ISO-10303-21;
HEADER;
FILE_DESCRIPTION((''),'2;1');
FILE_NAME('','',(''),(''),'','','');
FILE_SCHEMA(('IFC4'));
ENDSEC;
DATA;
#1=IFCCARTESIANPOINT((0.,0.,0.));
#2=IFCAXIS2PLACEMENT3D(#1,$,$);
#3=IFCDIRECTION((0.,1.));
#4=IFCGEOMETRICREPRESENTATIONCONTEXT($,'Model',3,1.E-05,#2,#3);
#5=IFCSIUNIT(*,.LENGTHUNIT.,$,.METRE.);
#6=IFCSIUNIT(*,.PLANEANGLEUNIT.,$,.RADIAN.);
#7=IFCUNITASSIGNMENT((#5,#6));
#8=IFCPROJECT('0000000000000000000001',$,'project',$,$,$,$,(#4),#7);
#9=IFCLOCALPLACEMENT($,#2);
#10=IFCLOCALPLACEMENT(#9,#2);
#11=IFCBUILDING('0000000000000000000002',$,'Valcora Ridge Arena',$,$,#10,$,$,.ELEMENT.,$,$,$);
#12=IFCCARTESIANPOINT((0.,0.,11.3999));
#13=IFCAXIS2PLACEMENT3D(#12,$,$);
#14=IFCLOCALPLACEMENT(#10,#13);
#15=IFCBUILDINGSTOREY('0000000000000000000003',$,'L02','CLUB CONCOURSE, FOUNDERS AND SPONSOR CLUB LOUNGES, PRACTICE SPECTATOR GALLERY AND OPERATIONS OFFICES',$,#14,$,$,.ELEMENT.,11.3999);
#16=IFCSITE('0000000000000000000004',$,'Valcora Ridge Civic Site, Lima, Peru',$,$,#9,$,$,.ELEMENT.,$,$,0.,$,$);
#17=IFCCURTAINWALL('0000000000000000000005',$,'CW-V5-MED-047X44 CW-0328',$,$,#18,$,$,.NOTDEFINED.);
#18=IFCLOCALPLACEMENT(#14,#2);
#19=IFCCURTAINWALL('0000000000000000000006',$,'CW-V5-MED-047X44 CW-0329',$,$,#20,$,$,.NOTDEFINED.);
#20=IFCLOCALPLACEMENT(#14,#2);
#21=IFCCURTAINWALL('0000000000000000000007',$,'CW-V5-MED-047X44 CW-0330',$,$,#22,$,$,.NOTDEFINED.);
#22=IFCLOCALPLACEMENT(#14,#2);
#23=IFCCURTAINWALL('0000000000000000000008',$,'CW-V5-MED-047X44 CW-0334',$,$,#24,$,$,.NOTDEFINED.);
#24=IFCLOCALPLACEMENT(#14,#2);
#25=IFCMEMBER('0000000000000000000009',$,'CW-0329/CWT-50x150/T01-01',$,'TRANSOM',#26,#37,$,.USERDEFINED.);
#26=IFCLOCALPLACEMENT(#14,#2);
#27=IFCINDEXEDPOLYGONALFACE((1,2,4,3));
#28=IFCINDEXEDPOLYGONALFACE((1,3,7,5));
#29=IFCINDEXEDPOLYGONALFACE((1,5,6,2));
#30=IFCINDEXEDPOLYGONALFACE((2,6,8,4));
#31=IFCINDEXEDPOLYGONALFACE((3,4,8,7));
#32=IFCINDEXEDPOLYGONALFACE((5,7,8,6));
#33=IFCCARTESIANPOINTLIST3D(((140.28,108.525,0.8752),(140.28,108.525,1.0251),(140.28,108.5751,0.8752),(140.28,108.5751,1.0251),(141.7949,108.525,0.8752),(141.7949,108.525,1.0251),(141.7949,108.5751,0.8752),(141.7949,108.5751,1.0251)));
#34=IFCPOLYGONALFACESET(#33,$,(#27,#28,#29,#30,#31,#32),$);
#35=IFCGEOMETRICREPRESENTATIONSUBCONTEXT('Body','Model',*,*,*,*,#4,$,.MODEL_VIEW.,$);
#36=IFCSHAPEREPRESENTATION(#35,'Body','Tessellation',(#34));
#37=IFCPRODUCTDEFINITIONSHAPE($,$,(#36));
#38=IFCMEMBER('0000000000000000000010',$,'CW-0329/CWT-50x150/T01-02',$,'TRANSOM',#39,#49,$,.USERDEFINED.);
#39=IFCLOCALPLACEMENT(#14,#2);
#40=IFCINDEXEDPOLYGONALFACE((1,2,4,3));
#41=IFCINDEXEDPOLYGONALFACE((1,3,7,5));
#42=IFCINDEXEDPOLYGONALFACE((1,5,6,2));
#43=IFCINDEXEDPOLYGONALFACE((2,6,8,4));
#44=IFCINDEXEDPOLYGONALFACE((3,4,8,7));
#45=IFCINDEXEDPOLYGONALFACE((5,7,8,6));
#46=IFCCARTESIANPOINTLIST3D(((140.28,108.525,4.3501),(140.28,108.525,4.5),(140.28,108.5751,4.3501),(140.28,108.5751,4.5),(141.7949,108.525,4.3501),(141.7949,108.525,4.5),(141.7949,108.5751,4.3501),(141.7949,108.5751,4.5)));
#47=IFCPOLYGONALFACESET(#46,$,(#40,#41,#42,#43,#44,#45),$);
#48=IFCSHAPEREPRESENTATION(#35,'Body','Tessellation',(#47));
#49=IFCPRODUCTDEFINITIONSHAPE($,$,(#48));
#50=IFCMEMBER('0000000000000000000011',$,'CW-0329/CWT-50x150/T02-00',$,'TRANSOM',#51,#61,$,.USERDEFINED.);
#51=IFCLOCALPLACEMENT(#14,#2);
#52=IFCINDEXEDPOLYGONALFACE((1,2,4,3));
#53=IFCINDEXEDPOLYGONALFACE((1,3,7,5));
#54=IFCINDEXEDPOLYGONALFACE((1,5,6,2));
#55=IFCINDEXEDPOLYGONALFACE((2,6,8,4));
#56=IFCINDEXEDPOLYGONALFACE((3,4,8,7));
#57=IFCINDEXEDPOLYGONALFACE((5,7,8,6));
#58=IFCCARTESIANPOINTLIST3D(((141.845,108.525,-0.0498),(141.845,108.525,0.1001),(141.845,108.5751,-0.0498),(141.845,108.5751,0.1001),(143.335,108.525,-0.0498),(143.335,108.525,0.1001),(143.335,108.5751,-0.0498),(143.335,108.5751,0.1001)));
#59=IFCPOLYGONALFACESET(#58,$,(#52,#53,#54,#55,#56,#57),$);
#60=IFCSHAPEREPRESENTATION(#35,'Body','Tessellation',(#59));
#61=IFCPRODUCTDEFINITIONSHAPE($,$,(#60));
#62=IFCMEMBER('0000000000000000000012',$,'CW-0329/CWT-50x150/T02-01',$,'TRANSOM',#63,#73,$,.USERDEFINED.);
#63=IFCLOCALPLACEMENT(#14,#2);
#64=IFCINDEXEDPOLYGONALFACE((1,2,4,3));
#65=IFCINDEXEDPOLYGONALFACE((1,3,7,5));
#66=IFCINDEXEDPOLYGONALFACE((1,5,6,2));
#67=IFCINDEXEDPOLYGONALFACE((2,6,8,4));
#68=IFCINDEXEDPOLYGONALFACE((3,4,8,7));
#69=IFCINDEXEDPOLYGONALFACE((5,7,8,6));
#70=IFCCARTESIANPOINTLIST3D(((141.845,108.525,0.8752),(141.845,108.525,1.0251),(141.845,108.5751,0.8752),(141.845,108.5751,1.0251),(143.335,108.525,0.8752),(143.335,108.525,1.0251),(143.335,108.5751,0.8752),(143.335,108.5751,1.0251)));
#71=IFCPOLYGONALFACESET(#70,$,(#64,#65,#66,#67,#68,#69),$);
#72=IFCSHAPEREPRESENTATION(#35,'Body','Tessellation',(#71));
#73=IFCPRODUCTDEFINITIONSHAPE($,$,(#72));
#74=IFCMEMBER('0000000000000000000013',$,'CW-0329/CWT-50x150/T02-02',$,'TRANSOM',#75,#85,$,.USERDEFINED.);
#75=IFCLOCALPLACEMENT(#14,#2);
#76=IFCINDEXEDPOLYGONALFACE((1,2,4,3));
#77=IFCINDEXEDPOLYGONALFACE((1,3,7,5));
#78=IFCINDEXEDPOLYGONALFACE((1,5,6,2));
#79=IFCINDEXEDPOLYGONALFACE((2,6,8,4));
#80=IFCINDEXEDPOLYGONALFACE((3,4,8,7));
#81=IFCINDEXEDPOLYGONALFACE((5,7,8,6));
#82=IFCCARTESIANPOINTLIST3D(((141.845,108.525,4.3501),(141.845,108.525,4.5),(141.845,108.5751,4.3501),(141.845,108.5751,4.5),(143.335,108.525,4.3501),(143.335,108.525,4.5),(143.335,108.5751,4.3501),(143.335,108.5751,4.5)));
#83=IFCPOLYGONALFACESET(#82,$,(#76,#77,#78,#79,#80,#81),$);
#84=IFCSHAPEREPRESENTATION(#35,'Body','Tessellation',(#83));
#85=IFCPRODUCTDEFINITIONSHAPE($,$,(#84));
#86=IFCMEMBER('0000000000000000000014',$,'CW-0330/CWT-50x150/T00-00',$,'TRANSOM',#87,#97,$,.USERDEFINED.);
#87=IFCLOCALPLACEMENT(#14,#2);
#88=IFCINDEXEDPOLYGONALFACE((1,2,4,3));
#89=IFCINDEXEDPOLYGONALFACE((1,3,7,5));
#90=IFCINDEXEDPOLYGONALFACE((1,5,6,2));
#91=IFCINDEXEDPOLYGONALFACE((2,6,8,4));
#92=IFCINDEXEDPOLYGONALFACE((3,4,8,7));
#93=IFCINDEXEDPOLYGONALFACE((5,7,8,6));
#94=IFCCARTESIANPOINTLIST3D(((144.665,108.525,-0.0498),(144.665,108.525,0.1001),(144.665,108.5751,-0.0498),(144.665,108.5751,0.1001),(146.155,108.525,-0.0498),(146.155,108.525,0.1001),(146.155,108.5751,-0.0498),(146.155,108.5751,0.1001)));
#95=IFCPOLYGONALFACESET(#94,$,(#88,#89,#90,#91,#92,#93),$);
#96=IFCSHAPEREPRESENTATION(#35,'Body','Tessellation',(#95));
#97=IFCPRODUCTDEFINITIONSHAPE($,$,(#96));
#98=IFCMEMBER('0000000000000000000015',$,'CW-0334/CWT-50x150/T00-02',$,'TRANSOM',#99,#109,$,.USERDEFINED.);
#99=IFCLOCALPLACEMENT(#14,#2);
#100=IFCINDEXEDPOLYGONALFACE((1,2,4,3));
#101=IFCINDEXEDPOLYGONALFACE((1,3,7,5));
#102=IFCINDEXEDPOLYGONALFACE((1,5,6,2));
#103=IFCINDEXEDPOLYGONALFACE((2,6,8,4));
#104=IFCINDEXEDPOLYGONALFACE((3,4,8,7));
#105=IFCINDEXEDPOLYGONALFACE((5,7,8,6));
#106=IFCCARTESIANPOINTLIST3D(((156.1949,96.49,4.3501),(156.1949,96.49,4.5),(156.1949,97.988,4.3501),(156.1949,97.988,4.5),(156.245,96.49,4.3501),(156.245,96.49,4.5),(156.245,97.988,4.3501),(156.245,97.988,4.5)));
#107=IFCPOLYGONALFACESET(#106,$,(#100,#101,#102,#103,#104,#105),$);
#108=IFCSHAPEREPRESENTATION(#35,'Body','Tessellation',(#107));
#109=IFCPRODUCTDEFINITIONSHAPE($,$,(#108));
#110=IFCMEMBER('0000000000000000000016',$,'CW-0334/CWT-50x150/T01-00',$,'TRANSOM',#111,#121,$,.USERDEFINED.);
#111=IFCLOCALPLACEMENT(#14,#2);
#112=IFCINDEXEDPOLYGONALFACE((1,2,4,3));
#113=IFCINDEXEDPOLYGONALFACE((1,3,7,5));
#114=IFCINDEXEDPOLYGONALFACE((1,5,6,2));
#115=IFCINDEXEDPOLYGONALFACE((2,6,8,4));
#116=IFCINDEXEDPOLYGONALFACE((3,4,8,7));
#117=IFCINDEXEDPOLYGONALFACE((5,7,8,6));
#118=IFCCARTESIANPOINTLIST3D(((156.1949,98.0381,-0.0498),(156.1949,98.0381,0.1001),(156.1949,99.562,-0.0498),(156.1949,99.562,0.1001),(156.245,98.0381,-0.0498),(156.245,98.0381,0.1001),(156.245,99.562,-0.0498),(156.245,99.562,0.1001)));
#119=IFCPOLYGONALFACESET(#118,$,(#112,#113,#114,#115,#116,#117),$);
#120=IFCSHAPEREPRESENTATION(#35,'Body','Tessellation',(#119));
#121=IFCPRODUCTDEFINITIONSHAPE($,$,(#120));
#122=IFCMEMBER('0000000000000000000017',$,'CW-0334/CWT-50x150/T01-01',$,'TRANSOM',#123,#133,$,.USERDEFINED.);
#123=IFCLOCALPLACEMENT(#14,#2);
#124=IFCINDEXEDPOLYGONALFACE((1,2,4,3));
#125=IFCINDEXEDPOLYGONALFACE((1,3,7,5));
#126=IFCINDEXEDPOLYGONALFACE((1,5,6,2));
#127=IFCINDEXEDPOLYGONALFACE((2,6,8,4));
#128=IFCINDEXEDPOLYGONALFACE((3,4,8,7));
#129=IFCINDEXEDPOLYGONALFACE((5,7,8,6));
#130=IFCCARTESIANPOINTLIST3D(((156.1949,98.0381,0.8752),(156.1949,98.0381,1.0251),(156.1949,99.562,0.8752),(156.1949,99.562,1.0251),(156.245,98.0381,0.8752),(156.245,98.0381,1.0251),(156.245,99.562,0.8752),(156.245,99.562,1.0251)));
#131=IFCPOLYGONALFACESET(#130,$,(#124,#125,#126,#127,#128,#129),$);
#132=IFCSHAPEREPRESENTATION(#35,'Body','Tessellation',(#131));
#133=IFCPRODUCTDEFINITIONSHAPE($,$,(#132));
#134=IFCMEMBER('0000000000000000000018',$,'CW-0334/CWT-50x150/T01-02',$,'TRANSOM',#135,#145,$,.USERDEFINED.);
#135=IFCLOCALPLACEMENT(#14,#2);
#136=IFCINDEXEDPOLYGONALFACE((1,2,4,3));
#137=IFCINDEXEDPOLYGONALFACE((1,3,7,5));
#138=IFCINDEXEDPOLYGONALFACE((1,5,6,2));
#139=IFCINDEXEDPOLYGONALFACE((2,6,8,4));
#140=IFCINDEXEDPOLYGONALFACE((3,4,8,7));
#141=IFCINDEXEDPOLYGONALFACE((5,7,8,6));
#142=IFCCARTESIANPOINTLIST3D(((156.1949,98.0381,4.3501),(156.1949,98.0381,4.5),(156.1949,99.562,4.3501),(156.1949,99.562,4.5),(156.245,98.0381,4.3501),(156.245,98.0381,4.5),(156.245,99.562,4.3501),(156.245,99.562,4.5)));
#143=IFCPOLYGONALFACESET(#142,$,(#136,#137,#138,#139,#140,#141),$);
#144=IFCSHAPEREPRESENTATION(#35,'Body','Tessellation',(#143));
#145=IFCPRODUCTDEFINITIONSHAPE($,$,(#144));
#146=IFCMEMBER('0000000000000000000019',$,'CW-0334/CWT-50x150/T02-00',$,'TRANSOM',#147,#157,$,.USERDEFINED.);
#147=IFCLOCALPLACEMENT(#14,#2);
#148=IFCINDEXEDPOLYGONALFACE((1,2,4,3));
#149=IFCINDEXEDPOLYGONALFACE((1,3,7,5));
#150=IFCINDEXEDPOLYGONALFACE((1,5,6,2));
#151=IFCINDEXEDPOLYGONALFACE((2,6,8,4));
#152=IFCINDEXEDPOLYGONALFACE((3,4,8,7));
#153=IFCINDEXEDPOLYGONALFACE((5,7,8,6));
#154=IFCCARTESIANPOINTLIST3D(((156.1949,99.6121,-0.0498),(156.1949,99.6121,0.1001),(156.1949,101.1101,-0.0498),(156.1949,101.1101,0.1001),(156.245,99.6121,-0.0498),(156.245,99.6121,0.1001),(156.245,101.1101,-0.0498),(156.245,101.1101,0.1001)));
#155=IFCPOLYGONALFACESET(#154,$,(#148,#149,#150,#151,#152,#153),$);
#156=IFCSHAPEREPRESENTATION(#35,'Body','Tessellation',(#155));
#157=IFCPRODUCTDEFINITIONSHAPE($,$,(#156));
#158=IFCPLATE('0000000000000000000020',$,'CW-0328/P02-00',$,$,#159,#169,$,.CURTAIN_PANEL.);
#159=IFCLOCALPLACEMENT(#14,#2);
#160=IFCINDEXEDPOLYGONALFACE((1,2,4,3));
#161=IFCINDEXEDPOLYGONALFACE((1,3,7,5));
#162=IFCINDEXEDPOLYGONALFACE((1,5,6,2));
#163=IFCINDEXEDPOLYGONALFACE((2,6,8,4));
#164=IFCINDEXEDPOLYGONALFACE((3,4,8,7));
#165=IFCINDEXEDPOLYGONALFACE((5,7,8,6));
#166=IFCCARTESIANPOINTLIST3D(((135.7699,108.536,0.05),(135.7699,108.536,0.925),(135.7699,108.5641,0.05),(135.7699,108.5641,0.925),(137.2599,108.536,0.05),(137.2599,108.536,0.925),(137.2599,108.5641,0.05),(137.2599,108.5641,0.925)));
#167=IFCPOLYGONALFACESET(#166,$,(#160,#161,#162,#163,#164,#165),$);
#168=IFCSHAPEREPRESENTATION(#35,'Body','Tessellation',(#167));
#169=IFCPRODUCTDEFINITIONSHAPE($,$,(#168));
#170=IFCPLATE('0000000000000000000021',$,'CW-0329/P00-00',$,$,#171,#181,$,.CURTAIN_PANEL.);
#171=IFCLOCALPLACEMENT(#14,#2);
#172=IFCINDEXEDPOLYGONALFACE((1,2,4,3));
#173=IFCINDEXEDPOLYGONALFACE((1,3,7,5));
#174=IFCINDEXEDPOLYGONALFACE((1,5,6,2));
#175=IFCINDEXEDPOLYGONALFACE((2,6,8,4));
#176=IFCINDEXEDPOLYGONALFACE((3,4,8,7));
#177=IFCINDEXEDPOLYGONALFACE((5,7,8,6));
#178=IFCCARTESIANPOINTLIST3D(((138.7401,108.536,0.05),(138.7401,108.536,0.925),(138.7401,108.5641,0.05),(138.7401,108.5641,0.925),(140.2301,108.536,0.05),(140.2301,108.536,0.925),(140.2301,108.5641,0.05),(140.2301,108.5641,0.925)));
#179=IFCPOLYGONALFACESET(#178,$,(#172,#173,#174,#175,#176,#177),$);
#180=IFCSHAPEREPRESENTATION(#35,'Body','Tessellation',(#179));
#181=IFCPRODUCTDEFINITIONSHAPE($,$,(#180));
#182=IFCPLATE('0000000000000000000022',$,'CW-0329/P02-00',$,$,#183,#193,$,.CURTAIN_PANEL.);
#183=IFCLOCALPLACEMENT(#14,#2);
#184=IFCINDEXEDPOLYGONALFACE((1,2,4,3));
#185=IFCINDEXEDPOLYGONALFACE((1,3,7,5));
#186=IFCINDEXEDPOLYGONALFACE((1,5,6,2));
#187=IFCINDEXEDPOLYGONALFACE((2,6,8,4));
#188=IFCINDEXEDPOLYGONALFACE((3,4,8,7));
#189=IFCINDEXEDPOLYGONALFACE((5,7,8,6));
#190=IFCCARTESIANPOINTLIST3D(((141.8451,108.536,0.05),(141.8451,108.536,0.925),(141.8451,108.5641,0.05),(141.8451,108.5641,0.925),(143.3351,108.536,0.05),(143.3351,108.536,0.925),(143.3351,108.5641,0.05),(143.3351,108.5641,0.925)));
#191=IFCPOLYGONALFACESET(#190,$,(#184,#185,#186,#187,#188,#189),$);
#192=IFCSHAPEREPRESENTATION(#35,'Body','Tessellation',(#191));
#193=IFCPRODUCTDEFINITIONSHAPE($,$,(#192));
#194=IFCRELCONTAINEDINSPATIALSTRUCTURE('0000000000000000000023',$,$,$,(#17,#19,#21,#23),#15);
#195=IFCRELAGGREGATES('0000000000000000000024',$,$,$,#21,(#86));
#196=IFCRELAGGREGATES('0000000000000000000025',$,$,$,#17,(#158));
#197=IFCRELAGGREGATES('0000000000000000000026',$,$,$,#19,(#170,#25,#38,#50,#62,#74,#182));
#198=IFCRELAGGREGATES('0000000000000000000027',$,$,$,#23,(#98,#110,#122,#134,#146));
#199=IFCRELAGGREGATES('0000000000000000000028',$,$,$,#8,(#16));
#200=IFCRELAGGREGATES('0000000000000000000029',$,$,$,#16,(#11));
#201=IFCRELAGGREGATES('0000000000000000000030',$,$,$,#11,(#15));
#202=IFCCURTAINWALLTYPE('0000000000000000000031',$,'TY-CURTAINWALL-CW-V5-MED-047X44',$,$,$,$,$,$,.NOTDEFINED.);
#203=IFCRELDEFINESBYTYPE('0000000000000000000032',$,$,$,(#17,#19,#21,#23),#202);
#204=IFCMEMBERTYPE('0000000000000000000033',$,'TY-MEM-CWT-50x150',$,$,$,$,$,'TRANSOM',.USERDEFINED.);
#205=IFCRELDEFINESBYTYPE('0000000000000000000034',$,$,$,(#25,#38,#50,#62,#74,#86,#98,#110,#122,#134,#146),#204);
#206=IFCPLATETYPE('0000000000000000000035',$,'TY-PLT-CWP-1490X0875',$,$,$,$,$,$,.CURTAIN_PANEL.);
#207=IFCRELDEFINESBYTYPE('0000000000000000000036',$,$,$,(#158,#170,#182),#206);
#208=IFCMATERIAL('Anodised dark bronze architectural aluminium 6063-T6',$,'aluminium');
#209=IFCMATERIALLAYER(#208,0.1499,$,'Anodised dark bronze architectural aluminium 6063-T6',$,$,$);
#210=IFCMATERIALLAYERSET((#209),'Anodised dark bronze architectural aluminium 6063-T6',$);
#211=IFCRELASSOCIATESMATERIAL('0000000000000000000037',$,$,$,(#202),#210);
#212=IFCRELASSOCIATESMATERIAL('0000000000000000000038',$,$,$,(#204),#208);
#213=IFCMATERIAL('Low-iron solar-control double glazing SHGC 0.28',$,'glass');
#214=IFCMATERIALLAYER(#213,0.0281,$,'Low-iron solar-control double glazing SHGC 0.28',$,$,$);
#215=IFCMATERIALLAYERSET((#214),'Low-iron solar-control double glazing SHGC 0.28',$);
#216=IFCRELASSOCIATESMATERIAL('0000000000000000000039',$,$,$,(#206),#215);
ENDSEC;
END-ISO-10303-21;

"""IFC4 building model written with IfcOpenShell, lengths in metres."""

from ifc_helpers import new_model, si_unit, direction, frame, origin, origin_2d, place, context, subcontext, project, spatial, rectangle, extrude, material, layer, layer_set, material_profile, profile_set, type_object, element, aggregate, save


model = new_model("IFC4")

# Units and contexts
model_context = context("Model", 3, precision=1e-05, world=origin(), true_north=direction((0.0, 1.0)))
body_context = subcontext(model_context, "Body", "Model", "MODEL_VIEW")
ifc_project = project(units=[si_unit("LENGTHUNIT", "METRE"), si_unit("PLANEANGLEUNIT", "RADIAN")], contexts=[model_context])

# Site, building, storey
site_placement = place(None, origin())
site = spatial("IfcSite", under=ifc_project, at=site_placement, Name="Valcora Ridge Civic Site, Lima, Peru", CompositionType="ELEMENT", RefElevation=0.0)
building_placement = place(site_placement, origin())
building = spatial("IfcBuilding", under=site, at=building_placement, Name="Valcora Ridge Arena", CompositionType="ELEMENT")
storey_placement = place(building_placement, frame((0.0, 0.0, 11.3999)))
storey = spatial("IfcBuildingStorey", under=building, at=storey_placement, Name="L02", Description="CLUB CONCOURSE, FOUNDERS AND SPONSOR CLUB LOUNGES, PRACTICE SPECTATOR GALLERY AND OPERATIONS OFFICES", CompositionType="ELEMENT", Elevation=11.3999)

# Curtain wall
ifc_material_1 = material(Name="Anodised dark bronze architectural aluminium 6063-T6", Category="aluminium")
ifc_layer_1 = layer(ifc_material_1, 0.1499, Name="Anodised dark bronze architectural aluminium 6063-T6")
ifc_layer_set_1 = layer_set([ifc_layer_1], Name="Anodised dark bronze architectural aluminium 6063-T6")
curtain_wall_type = type_object("IfcCurtainWallType", Name="TY-CURTAINWALL-CW-V5-MED-047X44", PredefinedType="NOTDEFINED", material=ifc_layer_set_1)
curtain_wall_1_placement = place(storey_placement, origin())
curtain_wall_1 = element("IfcCurtainWall", 1, at=curtain_wall_1_placement, inside=storey, type_object=curtain_wall_type, Name="CW-V5-MED-047X44 CW-0328", PredefinedType="NOTDEFINED")

# Curtain wall
curtain_wall_2_placement = place(storey_placement, origin())
curtain_wall_2 = element("IfcCurtainWall", 2, at=curtain_wall_2_placement, inside=storey, type_object=curtain_wall_type, Name="CW-V5-MED-047X44 CW-0329", PredefinedType="NOTDEFINED")

# Curtain wall
curtain_wall_3_placement = place(storey_placement, origin())
curtain_wall_3 = element("IfcCurtainWall", 3, at=curtain_wall_3_placement, inside=storey, type_object=curtain_wall_type, Name="CW-V5-MED-047X44 CW-0330", PredefinedType="NOTDEFINED")

# Curtain wall
curtain_wall_4_placement = place(storey_placement, origin())
curtain_wall_4 = element("IfcCurtainWall", 4, at=curtain_wall_4_placement, inside=storey, type_object=curtain_wall_type, Name="CW-V5-MED-047X44 CW-0334", PredefinedType="NOTDEFINED")

# Members
ifc_material_profile_1 = material_profile(ifc_material_1, rectangle(XDim=0.05, YDim=0.1499, at=origin_2d()), Name="ALU TRANSOM 50x150")
ifc_profile_set_1 = profile_set([ifc_material_profile_1], Name="Anodised dark bronze architectural aluminium 6063-T6")
member_type_1 = type_object("IfcMemberType", Name="TY-MEM-CWT-50x150", ElementType="TRANSOM", PredefinedType="USERDEFINED", material=ifc_profile_set_1)
member_1_placement = place(storey_placement, frame((140.28, 108.55, 0.9502), z_axis=(1.0, 0.0, 0.0), x_axis=(0.0, 1.0, 0.0)))
member_1 = element("IfcMember", 5, at=member_1_placement, type_object=member_type_1, Name="CW-0329/CWT-50x150/T01-01", ObjectType="TRANSOM", PredefinedType="USERDEFINED", context=body_context, shape_type="SweptSolid", body=[
    extrude(rectangle(XDim=0.05, YDim=0.1499, at=origin_2d()), origin(), (0.0, 0.0, 1.0), 1.5149),
])
member_2_placement = place(storey_placement, frame((140.28, 108.55, 4.425), z_axis=(1.0, 0.0, 0.0), x_axis=(0.0, 1.0, 0.0)))
member_2 = element("IfcMember", 6, at=member_2_placement, type_object=member_type_1, Name="CW-0329/CWT-50x150/T01-02", ObjectType="TRANSOM", PredefinedType="USERDEFINED", context=body_context, shape_type="SweptSolid", body=[
    extrude(rectangle(XDim=0.05, YDim=0.1499, at=origin_2d()), origin(), (0.0, 0.0, 1.0), 1.5149),
])
member_3_placement = place(storey_placement, frame((141.845, 108.55, 0.0251), z_axis=(1.0, 0.0, 0.0), x_axis=(0.0, 1.0, 0.0)))
member_3 = element("IfcMember", 7, at=member_3_placement, type_object=member_type_1, Name="CW-0329/CWT-50x150/T02-00", ObjectType="TRANSOM", PredefinedType="USERDEFINED", context=body_context, shape_type="SweptSolid", body=[
    extrude(rectangle(XDim=0.05, YDim=0.1499, at=origin_2d()), origin(), (0.0, 0.0, 1.0), 1.49),
])
member_4_placement = place(storey_placement, frame((141.845, 108.55, 0.9502), z_axis=(1.0, 0.0, 0.0), x_axis=(0.0, 1.0, 0.0)))
member_4 = element("IfcMember", 8, at=member_4_placement, type_object=member_type_1, Name="CW-0329/CWT-50x150/T02-01", ObjectType="TRANSOM", PredefinedType="USERDEFINED", context=body_context, shape_type="SweptSolid", body=[
    extrude(rectangle(XDim=0.05, YDim=0.1499, at=origin_2d()), origin(), (0.0, 0.0, 1.0), 1.49),
])
member_5_placement = place(storey_placement, frame((141.845, 108.55, 4.425), z_axis=(1.0, 0.0, 0.0), x_axis=(0.0, 1.0, 0.0)))
member_5 = element("IfcMember", 9, at=member_5_placement, type_object=member_type_1, Name="CW-0329/CWT-50x150/T02-02", ObjectType="TRANSOM", PredefinedType="USERDEFINED", context=body_context, shape_type="SweptSolid", body=[
    extrude(rectangle(XDim=0.05, YDim=0.1499, at=origin_2d()), origin(), (0.0, 0.0, 1.0), 1.49),
])
member_6_placement = place(storey_placement, frame((144.665, 108.55, 0.0251), z_axis=(1.0, 0.0, 0.0), x_axis=(0.0, 1.0, 0.0)))
member_6 = element("IfcMember", 10, at=member_6_placement, type_object=member_type_1, Name="CW-0330/CWT-50x150/T00-00", ObjectType="TRANSOM", PredefinedType="USERDEFINED", context=body_context, shape_type="SweptSolid", body=[
    extrude(rectangle(XDim=0.05, YDim=0.1499, at=origin_2d()), origin(), (0.0, 0.0, 1.0), 1.49),
])
aggregate(curtain_wall_3, [member_6])
member_7_placement = place(storey_placement, frame((156.22, 96.49, 4.425), z_axis=(0.0, 1.0, 0.0), x_axis=(-1.0, 0.0, 0.0)))
member_7 = element("IfcMember", 11, at=member_7_placement, type_object=member_type_1, Name="CW-0334/CWT-50x150/T00-02", ObjectType="TRANSOM", PredefinedType="USERDEFINED", context=body_context, shape_type="SweptSolid", body=[
    extrude(rectangle(XDim=0.05, YDim=0.1499, at=origin_2d()), origin(), (0.0, 0.0, 1.0), 1.498),
])
member_8_placement = place(storey_placement, frame((156.22, 98.0381, 0.0251), z_axis=(0.0, 1.0, 0.0), x_axis=(-1.0, 0.0, 0.0)))
member_8 = element("IfcMember", 12, at=member_8_placement, type_object=member_type_1, Name="CW-0334/CWT-50x150/T01-00", ObjectType="TRANSOM", PredefinedType="USERDEFINED", context=body_context, shape_type="SweptSolid", body=[
    extrude(rectangle(XDim=0.05, YDim=0.1499, at=origin_2d()), origin(), (0.0, 0.0, 1.0), 1.5239),
])
member_9_placement = place(storey_placement, frame((156.22, 98.0381, 0.9502), z_axis=(0.0, 1.0, 0.0), x_axis=(-1.0, 0.0, 0.0)))
member_9 = element("IfcMember", 13, at=member_9_placement, type_object=member_type_1, Name="CW-0334/CWT-50x150/T01-01", ObjectType="TRANSOM", PredefinedType="USERDEFINED", context=body_context, shape_type="SweptSolid", body=[
    extrude(rectangle(XDim=0.05, YDim=0.1499, at=origin_2d()), origin(), (0.0, 0.0, 1.0), 1.5239),
])
member_10_placement = place(storey_placement, frame((156.22, 98.0381, 4.425), z_axis=(0.0, 1.0, 0.0), x_axis=(-1.0, 0.0, 0.0)))
member_10 = element("IfcMember", 14, at=member_10_placement, type_object=member_type_1, Name="CW-0334/CWT-50x150/T01-02", ObjectType="TRANSOM", PredefinedType="USERDEFINED", context=body_context, shape_type="SweptSolid", body=[
    extrude(rectangle(XDim=0.05, YDim=0.1499, at=origin_2d()), origin(), (0.0, 0.0, 1.0), 1.5239),
])
member_11_placement = place(storey_placement, frame((156.22, 99.6121, 0.0251), z_axis=(0.0, 1.0, 0.0), x_axis=(-1.0, 0.0, 0.0)))
member_11 = element("IfcMember", 15, at=member_11_placement, type_object=member_type_1, Name="CW-0334/CWT-50x150/T02-00", ObjectType="TRANSOM", PredefinedType="USERDEFINED", context=body_context, shape_type="SweptSolid", body=[
    extrude(rectangle(XDim=0.05, YDim=0.1499, at=origin_2d()), origin(), (0.0, 0.0, 1.0), 1.498),
])

# Plates
ifc_material_2 = material(Name="Low-iron solar-control double glazing SHGC 0.28", Category="glass")
ifc_layer_2 = layer(ifc_material_2, 0.0281, Name="Low-iron solar-control double glazing SHGC 0.28")
ifc_layer_set_2 = layer_set([ifc_layer_2], Name="Low-iron solar-control double glazing SHGC 0.28")
plate_type_1 = type_object("IfcPlateType", Name="TY-PLT-CWP-1490X0875", PredefinedType="CURTAIN_PANEL", material=ifc_layer_set_2)
plate_1_placement = place(storey_placement, frame((136.5149, 108.55, 0.05), z_axis=(0.0, 0.0, 1.0), x_axis=(1.0, 0.0, 0.0)))
plate_1 = element("IfcPlate", 16, at=plate_1_placement, type_object=plate_type_1, Name="CW-0328/P02-00", PredefinedType="CURTAIN_PANEL", context=body_context, shape_type="SweptSolid", body=[
    extrude(rectangle(XDim=1.49, YDim=0.0281, at=origin_2d()), origin(), (0.0, 0.0, 1.0), 0.875),
])
plate_2_placement = place(storey_placement, frame((139.4851, 108.55, 0.05), z_axis=(0.0, 0.0, 1.0), x_axis=(1.0, 0.0, 0.0)))
plate_2 = element("IfcPlate", 17, at=plate_2_placement, type_object=plate_type_1, Name="CW-0329/P00-00", PredefinedType="CURTAIN_PANEL", context=body_context, shape_type="SweptSolid", body=[
    extrude(rectangle(XDim=1.49, YDim=0.0281, at=origin_2d()), origin(), (0.0, 0.0, 1.0), 0.875),
])
plate_3_placement = place(storey_placement, frame((142.5901, 108.55, 0.05), z_axis=(0.0, 0.0, 1.0), x_axis=(1.0, 0.0, 0.0)))
plate_3 = element("IfcPlate", 18, at=plate_3_placement, type_object=plate_type_1, Name="CW-0329/P02-00", PredefinedType="CURTAIN_PANEL", context=body_context, shape_type="SweptSolid", body=[
    extrude(rectangle(XDim=1.49, YDim=0.0281, at=origin_2d()), origin(), (0.0, 0.0, 1.0), 0.875),
])
aggregate(curtain_wall_1, [plate_1])
aggregate(curtain_wall_2, [plate_2, member_1, member_2, member_3, member_4, member_5, plate_3])
aggregate(curtain_wall_4, [member_7, member_8, member_9, member_10, member_11])

save(model, "model.ifc")
